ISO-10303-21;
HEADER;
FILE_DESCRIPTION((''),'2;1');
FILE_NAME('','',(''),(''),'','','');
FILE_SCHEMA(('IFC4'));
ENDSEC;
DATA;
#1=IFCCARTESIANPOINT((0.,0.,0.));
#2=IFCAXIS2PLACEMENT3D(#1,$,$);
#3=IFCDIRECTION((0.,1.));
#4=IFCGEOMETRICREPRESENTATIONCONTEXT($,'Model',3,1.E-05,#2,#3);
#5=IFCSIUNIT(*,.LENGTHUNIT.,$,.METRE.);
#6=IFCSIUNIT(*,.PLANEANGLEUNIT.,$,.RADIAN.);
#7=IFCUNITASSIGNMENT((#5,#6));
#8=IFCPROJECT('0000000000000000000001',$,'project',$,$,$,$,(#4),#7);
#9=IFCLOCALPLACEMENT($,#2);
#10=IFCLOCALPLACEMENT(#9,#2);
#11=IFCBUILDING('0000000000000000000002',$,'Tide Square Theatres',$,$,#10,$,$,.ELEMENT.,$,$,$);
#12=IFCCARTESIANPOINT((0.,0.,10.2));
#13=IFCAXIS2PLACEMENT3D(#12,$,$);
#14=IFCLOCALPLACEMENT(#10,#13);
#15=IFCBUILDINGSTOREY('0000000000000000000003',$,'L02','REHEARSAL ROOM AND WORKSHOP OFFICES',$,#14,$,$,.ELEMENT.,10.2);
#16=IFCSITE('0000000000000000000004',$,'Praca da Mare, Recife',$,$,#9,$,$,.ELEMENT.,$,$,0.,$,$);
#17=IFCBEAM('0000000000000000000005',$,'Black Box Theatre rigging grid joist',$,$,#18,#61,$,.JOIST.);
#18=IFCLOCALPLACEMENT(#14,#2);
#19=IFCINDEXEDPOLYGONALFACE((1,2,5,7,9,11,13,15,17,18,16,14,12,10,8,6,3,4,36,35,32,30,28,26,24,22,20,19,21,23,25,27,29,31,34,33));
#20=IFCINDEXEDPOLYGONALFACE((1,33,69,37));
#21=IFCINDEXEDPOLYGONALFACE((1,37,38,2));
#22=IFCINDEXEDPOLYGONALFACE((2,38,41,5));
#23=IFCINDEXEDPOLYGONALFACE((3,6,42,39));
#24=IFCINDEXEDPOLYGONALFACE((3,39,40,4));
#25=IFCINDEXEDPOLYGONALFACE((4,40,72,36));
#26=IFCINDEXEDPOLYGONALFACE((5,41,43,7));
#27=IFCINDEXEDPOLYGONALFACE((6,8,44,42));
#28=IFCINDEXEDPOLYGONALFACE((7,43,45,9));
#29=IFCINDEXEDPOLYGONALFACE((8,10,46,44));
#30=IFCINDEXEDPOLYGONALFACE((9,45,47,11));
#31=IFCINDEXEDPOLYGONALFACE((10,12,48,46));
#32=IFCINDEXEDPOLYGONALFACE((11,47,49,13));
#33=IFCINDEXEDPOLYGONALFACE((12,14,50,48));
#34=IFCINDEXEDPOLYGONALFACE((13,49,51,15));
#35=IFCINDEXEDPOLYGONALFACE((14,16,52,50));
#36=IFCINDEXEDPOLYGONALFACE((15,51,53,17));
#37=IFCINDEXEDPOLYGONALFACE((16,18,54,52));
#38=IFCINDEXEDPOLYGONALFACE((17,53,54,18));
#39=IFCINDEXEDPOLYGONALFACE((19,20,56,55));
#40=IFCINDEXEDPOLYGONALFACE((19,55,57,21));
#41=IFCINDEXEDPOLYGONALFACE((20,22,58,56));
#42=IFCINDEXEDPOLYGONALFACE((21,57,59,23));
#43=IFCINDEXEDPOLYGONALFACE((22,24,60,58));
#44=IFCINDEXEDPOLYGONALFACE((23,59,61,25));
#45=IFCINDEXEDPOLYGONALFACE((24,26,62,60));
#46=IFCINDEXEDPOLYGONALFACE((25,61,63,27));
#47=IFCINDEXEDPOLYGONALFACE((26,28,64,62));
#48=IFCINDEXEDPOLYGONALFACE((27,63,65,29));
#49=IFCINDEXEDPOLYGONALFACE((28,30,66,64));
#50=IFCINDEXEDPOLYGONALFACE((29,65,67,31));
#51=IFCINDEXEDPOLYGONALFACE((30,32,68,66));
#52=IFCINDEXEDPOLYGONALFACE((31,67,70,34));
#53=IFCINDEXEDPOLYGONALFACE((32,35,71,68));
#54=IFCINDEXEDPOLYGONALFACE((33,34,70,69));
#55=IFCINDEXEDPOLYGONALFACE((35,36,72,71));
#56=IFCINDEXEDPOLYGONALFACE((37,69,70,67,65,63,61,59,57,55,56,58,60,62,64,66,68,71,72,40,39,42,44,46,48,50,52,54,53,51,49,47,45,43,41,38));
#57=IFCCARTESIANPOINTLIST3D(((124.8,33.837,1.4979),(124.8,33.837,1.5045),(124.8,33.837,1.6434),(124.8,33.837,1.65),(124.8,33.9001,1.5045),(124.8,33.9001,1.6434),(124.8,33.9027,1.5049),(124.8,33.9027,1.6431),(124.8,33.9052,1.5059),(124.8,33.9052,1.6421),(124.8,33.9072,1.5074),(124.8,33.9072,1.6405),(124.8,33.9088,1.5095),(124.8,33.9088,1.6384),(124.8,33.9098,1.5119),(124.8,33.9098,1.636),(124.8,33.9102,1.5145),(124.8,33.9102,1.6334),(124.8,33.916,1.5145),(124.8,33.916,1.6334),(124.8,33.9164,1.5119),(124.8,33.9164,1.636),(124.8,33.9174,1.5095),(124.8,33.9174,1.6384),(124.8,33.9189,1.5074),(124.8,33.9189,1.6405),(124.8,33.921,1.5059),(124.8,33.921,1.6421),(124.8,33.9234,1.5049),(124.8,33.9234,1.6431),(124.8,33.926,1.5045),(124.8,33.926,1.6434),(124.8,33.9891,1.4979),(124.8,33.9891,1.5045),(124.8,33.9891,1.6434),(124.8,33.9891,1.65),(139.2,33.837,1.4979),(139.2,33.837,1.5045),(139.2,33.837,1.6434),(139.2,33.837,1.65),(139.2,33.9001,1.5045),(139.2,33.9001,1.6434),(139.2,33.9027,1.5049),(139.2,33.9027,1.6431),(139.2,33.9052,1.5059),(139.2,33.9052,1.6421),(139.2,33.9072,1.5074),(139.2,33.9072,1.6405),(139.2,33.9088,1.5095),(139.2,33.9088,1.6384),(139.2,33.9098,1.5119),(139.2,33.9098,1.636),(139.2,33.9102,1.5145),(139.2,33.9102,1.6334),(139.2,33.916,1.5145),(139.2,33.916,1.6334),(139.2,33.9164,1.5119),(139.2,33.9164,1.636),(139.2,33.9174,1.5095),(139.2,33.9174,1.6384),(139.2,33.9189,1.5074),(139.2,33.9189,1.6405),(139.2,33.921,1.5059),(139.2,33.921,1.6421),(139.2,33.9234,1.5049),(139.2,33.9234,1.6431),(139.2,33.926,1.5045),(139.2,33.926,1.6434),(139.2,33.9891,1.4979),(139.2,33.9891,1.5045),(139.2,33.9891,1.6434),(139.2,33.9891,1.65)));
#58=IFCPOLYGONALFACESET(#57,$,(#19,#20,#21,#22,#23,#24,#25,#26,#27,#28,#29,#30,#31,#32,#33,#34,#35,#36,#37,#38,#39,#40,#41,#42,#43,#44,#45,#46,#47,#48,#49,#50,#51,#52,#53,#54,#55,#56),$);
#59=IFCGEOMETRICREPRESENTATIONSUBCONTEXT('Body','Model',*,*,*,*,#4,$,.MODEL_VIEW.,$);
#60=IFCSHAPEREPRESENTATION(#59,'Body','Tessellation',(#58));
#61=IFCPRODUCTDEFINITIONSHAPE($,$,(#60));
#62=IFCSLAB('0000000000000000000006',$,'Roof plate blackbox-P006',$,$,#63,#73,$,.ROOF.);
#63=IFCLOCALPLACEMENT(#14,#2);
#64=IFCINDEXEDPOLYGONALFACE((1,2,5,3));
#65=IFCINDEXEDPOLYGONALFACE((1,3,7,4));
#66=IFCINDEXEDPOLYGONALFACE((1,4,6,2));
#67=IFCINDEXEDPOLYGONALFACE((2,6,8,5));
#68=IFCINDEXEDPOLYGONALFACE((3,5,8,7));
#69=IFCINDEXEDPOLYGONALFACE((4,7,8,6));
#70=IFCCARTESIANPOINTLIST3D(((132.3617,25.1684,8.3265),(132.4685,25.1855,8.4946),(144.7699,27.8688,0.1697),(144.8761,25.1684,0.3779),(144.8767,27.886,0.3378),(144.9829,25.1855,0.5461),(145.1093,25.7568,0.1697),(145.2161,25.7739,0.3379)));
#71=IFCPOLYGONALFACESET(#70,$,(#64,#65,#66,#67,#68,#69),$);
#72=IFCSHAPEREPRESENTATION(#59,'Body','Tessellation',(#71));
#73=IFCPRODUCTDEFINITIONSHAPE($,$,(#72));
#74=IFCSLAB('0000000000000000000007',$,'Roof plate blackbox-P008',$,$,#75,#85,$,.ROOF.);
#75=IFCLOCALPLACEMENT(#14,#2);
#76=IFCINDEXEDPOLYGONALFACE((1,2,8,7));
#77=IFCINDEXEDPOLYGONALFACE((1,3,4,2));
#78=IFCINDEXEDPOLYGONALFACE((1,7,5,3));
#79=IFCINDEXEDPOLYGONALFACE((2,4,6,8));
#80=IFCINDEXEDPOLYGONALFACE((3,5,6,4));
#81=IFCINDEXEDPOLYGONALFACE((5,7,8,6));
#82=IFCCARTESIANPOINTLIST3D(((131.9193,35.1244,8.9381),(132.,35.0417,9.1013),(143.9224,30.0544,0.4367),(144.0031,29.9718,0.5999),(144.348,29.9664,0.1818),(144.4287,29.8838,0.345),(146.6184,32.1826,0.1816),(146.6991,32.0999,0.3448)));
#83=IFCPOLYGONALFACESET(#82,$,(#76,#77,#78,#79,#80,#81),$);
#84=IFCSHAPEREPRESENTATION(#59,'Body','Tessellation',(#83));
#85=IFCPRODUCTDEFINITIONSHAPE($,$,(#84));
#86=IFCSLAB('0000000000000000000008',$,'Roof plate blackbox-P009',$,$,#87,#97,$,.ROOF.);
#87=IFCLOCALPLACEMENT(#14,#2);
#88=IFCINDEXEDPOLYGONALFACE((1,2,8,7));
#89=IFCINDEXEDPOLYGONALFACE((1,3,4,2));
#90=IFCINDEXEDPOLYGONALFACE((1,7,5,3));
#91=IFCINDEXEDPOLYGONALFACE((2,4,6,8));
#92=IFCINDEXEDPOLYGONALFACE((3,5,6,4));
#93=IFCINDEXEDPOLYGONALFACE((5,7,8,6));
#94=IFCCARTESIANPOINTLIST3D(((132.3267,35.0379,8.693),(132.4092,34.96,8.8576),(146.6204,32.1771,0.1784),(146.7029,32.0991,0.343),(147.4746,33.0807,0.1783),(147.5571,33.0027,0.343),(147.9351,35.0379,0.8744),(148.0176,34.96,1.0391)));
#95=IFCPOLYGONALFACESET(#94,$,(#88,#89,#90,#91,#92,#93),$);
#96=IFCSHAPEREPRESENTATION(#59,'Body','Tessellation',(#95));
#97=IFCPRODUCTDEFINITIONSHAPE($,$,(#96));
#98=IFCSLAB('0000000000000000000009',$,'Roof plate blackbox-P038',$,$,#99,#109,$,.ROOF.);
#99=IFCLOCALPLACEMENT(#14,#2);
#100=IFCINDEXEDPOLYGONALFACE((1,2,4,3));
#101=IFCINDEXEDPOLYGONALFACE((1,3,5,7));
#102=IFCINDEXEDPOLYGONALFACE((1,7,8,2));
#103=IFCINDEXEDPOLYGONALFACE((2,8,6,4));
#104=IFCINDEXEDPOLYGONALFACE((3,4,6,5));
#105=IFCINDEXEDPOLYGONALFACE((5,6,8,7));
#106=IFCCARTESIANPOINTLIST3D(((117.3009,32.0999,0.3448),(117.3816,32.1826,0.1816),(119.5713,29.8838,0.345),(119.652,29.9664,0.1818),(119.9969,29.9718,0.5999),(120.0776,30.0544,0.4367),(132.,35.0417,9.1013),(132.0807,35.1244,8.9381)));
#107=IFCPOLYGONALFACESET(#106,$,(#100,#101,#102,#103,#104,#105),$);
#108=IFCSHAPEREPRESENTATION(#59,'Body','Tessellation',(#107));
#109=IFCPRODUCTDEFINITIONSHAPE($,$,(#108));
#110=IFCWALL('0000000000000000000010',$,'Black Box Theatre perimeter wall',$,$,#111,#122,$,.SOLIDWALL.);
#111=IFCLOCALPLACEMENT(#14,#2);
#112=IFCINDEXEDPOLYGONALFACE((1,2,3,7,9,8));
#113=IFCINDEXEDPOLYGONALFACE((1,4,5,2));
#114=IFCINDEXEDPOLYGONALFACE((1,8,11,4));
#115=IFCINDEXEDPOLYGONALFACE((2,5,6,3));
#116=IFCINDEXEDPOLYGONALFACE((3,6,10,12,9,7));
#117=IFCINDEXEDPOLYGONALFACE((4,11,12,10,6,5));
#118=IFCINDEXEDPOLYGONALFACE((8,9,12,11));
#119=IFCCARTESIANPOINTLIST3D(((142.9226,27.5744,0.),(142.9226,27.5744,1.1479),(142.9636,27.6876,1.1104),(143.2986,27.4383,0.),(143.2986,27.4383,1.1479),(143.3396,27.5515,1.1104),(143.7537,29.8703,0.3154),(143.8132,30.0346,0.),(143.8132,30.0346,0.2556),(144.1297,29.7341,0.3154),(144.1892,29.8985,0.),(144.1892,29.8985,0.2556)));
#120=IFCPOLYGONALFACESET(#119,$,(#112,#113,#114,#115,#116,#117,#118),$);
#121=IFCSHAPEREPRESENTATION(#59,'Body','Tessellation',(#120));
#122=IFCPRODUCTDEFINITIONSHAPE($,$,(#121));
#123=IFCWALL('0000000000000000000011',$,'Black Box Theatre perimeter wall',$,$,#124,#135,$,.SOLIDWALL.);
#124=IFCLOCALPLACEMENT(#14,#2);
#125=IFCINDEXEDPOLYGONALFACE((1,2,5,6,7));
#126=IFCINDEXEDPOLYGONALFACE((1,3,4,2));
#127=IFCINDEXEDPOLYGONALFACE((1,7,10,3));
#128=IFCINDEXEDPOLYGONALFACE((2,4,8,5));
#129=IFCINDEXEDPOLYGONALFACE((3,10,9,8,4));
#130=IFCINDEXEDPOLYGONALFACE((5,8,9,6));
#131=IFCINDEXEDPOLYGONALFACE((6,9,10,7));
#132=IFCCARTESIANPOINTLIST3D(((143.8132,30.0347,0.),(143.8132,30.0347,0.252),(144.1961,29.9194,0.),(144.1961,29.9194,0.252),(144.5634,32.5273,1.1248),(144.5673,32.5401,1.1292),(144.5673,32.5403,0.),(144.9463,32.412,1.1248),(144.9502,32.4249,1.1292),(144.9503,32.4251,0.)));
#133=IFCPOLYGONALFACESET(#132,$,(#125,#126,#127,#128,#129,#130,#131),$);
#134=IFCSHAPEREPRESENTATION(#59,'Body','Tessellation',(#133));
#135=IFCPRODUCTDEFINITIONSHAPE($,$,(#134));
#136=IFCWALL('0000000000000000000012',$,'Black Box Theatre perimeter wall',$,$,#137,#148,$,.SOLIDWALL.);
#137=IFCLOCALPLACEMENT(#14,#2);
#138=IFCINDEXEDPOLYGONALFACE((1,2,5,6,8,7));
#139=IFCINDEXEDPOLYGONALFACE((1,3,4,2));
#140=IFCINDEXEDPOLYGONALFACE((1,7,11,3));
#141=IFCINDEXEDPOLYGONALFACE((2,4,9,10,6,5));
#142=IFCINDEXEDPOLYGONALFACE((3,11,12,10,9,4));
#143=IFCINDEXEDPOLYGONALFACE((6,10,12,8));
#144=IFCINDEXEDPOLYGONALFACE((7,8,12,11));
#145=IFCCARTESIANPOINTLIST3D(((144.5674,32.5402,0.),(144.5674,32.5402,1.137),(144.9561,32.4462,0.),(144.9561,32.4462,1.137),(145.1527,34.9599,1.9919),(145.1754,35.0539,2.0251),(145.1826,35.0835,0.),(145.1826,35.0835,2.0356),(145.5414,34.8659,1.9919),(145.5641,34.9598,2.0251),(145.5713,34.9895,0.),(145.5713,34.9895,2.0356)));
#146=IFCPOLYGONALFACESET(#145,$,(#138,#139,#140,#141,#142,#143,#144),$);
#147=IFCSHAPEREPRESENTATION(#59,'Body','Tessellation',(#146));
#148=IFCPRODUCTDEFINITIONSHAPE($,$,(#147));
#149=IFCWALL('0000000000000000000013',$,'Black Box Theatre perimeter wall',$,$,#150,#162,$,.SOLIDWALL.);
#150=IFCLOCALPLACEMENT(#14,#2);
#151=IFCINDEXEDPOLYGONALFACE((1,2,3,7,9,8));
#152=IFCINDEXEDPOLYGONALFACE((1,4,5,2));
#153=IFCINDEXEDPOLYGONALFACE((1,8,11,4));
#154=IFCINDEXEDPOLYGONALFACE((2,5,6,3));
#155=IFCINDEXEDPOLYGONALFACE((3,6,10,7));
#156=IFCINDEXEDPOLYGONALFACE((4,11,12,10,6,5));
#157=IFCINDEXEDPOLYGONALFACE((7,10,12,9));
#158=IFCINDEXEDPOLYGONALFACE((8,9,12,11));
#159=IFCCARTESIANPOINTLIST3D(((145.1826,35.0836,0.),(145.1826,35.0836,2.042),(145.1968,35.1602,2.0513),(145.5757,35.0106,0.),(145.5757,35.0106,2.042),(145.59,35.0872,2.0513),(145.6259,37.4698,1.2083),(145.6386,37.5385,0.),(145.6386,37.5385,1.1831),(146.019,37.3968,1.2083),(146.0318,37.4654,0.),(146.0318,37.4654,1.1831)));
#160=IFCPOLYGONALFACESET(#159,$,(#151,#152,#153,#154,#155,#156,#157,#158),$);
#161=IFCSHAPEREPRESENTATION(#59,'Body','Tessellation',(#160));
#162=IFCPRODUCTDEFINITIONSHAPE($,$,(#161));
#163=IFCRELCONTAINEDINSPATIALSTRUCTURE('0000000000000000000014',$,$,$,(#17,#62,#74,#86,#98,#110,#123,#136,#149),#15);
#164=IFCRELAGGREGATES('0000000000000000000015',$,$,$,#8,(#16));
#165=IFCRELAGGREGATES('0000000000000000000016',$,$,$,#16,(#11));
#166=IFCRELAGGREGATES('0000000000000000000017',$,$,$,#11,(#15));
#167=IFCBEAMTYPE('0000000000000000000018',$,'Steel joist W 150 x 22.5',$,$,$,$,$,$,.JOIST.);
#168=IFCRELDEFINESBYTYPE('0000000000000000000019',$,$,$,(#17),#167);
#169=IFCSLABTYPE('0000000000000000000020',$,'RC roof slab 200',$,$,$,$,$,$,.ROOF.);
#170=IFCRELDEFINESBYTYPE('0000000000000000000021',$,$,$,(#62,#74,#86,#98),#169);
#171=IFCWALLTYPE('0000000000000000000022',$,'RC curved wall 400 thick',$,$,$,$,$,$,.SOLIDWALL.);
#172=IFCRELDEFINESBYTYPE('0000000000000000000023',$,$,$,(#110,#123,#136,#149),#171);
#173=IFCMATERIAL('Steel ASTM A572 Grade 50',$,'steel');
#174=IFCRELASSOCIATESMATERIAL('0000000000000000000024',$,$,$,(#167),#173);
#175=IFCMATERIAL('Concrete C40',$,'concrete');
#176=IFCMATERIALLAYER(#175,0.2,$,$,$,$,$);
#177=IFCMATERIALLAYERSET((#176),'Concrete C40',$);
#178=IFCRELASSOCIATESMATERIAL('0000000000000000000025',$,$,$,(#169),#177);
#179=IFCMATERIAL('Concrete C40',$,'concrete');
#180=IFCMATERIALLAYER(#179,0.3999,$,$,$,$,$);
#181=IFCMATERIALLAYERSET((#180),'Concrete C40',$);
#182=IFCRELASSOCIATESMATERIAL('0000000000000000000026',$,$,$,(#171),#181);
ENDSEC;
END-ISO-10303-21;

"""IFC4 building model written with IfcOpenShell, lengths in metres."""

from ifc_helpers import new_model, si_unit, direction, frame, origin, origin_2d, place, context, subcontext, project, spatial, polyline, i_section, outline, extrude, material, layer, layer_set, material_profile, profile_set, type_object, element, save


model = new_model("IFC4")

# Units and contexts
model_context = context("Model", 3, precision=1e-05, world=origin(), true_north=direction((0.0, 1.0)))
body_context = subcontext(model_context, "Body", "Model", "MODEL_VIEW")
ifc_project = project(units=[si_unit("LENGTHUNIT", "METRE"), si_unit("PLANEANGLEUNIT", "RADIAN")], contexts=[model_context])

# Site, building, storey
site_placement = place(None, origin())
site = spatial("IfcSite", under=ifc_project, at=site_placement, Name="Praca da Mare, Recife", CompositionType="ELEMENT", RefElevation=0.0)
building_placement = place(site_placement, origin())
building = spatial("IfcBuilding", under=site, at=building_placement, Name="Tide Square Theatres", CompositionType="ELEMENT")
storey_placement = place(building_placement, frame((0.0, 0.0, 10.2)))
storey = spatial("IfcBuildingStorey", under=building, at=storey_placement, Name="L02", Description="REHEARSAL ROOM AND WORKSHOP OFFICES", CompositionType="ELEMENT", Elevation=10.2)

# Beam
ifc_material_1 = material(Name="Steel ASTM A572 Grade 50", Category="steel")
ifc_material_profile_1 = material_profile(ifc_material_1, i_section(OverallWidth=0.1521, OverallDepth=0.1521, WebThickness=0.0059, FlangeThickness=0.0066, FilletRadius=0.01, at=origin_2d()))
ifc_profile_set_1 = profile_set([ifc_material_profile_1], Name="Steel ASTM A572 Grade 50")
beam_type_1 = type_object("IfcBeamType", Name="Steel joist W 150 x 22.5", PredefinedType="JOIST", material=ifc_profile_set_1)
for number, where, z_axis, x_axis, name in (
    (1, (139.2, 33.9131, 1.574), (-1.0, 0.0, 0.0), (0.0, -1.0, 0.0), "Black Box Theatre rigging grid joist"),
):
    element("IfcBeam", number, at=place(storey_placement, frame(where, z_axis=z_axis, x_axis=x_axis)), inside=storey, type_object=beam_type_1, Name=name, PredefinedType="JOIST", context=body_context, shape_type="SweptSolid", body=[
        extrude(i_section(OverallWidth=0.1521, OverallDepth=0.1521, WebThickness=0.0059, FlangeThickness=0.0066, FilletRadius=0.01, at=origin_2d()), origin(), (0.0, 0.0, 1.0), 14.3999),
    ])

# Slabs
ifc_material_2 = material(Name="Concrete C40", Category="concrete")
ifc_layer_1 = layer(ifc_material_2, 0.2)
ifc_layer_set_1 = layer_set([ifc_layer_1], Name="Concrete C40")
slab_type = type_object("IfcSlabType", Name="RC roof slab 200", PredefinedType="ROOF", material=ifc_layer_set_1)
slab_1_placement = place(storey_placement, frame((145.2161, 25.7739, 0.3379), z_axis=(0.534169, 0.085864, 0.841006), x_axis=(-0.15866, 0.987333, -0.00003)))
element("IfcSlab", 2, at=slab_1_placement, inside=storey, type_object=slab_type, Name="Roof plate blackbox-P006", PredefinedType="ROOF", context=body_context, shape_type="SweptSolid", body=[
    extrude(outline(polyline([(0.0, 0.0), (2.1391, 0.0), (1.4413, 15.0765), (-0.5439, 0.3848), (0.0, 0.0)])), origin(), (0.0, 0.0, -1.0), 0.2),
])
slab_2_placement = place(storey_placement, frame((144.4287, 29.8838, 0.345), z_axis=(0.403536, -0.413359, 0.816268), x_axis=(0.715609, 0.698501, -0.000052)))
element("IfcSlab", 3, at=slab_2_placement, inside=storey, type_object=slab_type, Name="Roof plate blackbox-P008", PredefinedType="ROOF", context=body_context, shape_type="SweptSolid", body=[
    extrude(outline(polyline([(0.0, 0.0), (3.1727, 0.0), (-5.2917, 15.1575), (-0.2431, 0.4413), (0.0, 0.0)])), origin(), (0.0, 0.0, -1.0), 0.2),
])
slab_3_placement = place(storey_placement, frame((146.7029, 32.0991, 0.343), z_axis=(0.412433, -0.389856, 0.823354), x_axis=(0.686978, 0.726678, -0.00004)))
element("IfcSlab", 4, at=slab_3_placement, inside=storey, type_object=slab_type, Name="Roof plate blackbox-P009", PredefinedType="ROOF", context=body_context, shape_type="SweptSolid", body=[
    extrude(outline(polyline([(0.0, 0.0), (1.2435, 0.0), (2.9821, 1.2267), (-7.7409, 15.0024), (0.0, 0.0)])), origin(), (0.0, 0.0, -1.0), 0.2),
])
slab_4_placement = place(storey_placement, frame((132.0, 35.0417, 9.1013), z_axis=(-0.403536, -0.413359, 0.816268), x_axis=(-0.846688, -0.169452, -0.504386)))
element("IfcSlab", 5, at=slab_4_placement, inside=storey, type_object=slab_type, Name="Roof plate blackbox-P038", PredefinedType="ROOF", context=body_context, shape_type="SweptSolid", body=[
    extrude(outline(polyline([(0.0, 0.0), (17.3607, 0.0), (15.8138, 2.7701), (15.31, 2.7672), (0.0, 0.0)])), origin(), (0.0, 0.0, -1.0), 0.2),
])

# Walls
ifc_material_3 = material(Name="Concrete C40", Category="concrete")
ifc_layer_2 = layer(ifc_material_3, 0.3999)
ifc_layer_set_2 = layer_set([ifc_layer_2], Name="Concrete C40")
wall_type = type_object("IfcWallType", Name="RC curved wall 400 thick", PredefinedType="SOLIDWALL", material=ifc_layer_set_2)
wall_1_placement = place(storey_placement, frame((143.1106, 27.5063, 0.0), z_axis=(0.0, 0.0, 1.0), x_axis=(0.340394, 0.940283, 0.0)))
element("IfcWall", 6, at=wall_1_placement, inside=storey, type_object=wall_type, Name="Black Box Theatre perimeter wall", PredefinedType="SOLIDWALL", context=body_context, shape_type="SweptSolid", body=[
    extrude(outline(polyline([(0.0, 0.0), (2.6165, 0.0), (2.6165, 0.2556), (2.4417, 0.3154), (0.1204, 1.1104), (0.0, 1.1479), (0.0, 0.0)])), frame((0.0, 0.2, 0.0), z_axis=(0.0, -1.0, 0.0), x_axis=(1.0, 0.0, 0.0)), (0.0, 0.0, 1.0), 0.3999),
])
wall_2_placement = place(storey_placement, frame((144.0046, 29.9771, 0.0), z_axis=(0.0, 0.0, 1.0), x_axis=(0.288212, 0.957567, 0.0)))
element("IfcWall", 7, at=wall_2_placement, inside=storey, type_object=wall_type, Name="Black Box Theatre perimeter wall", PredefinedType="SOLIDWALL", context=body_context, shape_type="SweptSolid", body=[
    extrude(outline(polyline([(0.0, 0.0), (2.6167, 0.0), (2.6165, 1.1292), (2.603, 1.1248), (0.0, 0.252), (0.0, 0.0)])), frame((0.0, 0.2, 0.0), z_axis=(0.0, -1.0, 0.0), x_axis=(1.0, 0.0, 0.0)), (0.0, 0.0, 1.0), 0.3999),
])
wall_3_placement = place(storey_placement, frame((144.7617, 32.4932, 0.0), z_axis=(0.0, 0.0, 1.0), x_axis=(0.235109, 0.971969, 0.0)))
element("IfcWall", 8, at=wall_3_placement, inside=storey, type_object=wall_type, Name="Black Box Theatre perimeter wall", PredefinedType="SOLIDWALL", context=body_context, shape_type="SweptSolid", body=[
    extrude(outline(polyline([(0.0, 0.0), (2.6167, 0.0), (2.6167, 2.0356), (2.5862, 2.0251), (2.4895, 1.9919), (0.0, 1.137), (0.0, 0.0)])), frame((0.0, 0.2, 0.0), z_axis=(0.0, -1.0, 0.0), x_axis=(1.0, 0.0, 0.0)), (0.0, 0.0, 1.0), 0.3999),
])
wall_4_placement = place(storey_placement, frame((145.3792, 35.0471, 0.0), z_axis=(0.0, 0.0, 1.0), x_axis=(0.182653, 0.983177, 0.0)))
element("IfcWall", 9, at=wall_4_placement, inside=storey, type_object=wall_type, Name="Black Box Theatre perimeter wall", PredefinedType="SOLIDWALL", context=body_context, shape_type="SweptSolid", body=[
    extrude(outline(polyline([(0.0, 0.0), (2.4968, 0.0), (2.4968, 1.1831), (2.427, 1.2083), (0.0779, 2.0513), (0.0, 2.042), (0.0, 0.0)])), frame((0.0, 0.2, 0.0), z_axis=(0.0, -1.0, 0.0), x_axis=(1.0, 0.0, 0.0)), (0.0, 0.0, 1.0), 0.3999),
])

save(model, "model.ifc")
